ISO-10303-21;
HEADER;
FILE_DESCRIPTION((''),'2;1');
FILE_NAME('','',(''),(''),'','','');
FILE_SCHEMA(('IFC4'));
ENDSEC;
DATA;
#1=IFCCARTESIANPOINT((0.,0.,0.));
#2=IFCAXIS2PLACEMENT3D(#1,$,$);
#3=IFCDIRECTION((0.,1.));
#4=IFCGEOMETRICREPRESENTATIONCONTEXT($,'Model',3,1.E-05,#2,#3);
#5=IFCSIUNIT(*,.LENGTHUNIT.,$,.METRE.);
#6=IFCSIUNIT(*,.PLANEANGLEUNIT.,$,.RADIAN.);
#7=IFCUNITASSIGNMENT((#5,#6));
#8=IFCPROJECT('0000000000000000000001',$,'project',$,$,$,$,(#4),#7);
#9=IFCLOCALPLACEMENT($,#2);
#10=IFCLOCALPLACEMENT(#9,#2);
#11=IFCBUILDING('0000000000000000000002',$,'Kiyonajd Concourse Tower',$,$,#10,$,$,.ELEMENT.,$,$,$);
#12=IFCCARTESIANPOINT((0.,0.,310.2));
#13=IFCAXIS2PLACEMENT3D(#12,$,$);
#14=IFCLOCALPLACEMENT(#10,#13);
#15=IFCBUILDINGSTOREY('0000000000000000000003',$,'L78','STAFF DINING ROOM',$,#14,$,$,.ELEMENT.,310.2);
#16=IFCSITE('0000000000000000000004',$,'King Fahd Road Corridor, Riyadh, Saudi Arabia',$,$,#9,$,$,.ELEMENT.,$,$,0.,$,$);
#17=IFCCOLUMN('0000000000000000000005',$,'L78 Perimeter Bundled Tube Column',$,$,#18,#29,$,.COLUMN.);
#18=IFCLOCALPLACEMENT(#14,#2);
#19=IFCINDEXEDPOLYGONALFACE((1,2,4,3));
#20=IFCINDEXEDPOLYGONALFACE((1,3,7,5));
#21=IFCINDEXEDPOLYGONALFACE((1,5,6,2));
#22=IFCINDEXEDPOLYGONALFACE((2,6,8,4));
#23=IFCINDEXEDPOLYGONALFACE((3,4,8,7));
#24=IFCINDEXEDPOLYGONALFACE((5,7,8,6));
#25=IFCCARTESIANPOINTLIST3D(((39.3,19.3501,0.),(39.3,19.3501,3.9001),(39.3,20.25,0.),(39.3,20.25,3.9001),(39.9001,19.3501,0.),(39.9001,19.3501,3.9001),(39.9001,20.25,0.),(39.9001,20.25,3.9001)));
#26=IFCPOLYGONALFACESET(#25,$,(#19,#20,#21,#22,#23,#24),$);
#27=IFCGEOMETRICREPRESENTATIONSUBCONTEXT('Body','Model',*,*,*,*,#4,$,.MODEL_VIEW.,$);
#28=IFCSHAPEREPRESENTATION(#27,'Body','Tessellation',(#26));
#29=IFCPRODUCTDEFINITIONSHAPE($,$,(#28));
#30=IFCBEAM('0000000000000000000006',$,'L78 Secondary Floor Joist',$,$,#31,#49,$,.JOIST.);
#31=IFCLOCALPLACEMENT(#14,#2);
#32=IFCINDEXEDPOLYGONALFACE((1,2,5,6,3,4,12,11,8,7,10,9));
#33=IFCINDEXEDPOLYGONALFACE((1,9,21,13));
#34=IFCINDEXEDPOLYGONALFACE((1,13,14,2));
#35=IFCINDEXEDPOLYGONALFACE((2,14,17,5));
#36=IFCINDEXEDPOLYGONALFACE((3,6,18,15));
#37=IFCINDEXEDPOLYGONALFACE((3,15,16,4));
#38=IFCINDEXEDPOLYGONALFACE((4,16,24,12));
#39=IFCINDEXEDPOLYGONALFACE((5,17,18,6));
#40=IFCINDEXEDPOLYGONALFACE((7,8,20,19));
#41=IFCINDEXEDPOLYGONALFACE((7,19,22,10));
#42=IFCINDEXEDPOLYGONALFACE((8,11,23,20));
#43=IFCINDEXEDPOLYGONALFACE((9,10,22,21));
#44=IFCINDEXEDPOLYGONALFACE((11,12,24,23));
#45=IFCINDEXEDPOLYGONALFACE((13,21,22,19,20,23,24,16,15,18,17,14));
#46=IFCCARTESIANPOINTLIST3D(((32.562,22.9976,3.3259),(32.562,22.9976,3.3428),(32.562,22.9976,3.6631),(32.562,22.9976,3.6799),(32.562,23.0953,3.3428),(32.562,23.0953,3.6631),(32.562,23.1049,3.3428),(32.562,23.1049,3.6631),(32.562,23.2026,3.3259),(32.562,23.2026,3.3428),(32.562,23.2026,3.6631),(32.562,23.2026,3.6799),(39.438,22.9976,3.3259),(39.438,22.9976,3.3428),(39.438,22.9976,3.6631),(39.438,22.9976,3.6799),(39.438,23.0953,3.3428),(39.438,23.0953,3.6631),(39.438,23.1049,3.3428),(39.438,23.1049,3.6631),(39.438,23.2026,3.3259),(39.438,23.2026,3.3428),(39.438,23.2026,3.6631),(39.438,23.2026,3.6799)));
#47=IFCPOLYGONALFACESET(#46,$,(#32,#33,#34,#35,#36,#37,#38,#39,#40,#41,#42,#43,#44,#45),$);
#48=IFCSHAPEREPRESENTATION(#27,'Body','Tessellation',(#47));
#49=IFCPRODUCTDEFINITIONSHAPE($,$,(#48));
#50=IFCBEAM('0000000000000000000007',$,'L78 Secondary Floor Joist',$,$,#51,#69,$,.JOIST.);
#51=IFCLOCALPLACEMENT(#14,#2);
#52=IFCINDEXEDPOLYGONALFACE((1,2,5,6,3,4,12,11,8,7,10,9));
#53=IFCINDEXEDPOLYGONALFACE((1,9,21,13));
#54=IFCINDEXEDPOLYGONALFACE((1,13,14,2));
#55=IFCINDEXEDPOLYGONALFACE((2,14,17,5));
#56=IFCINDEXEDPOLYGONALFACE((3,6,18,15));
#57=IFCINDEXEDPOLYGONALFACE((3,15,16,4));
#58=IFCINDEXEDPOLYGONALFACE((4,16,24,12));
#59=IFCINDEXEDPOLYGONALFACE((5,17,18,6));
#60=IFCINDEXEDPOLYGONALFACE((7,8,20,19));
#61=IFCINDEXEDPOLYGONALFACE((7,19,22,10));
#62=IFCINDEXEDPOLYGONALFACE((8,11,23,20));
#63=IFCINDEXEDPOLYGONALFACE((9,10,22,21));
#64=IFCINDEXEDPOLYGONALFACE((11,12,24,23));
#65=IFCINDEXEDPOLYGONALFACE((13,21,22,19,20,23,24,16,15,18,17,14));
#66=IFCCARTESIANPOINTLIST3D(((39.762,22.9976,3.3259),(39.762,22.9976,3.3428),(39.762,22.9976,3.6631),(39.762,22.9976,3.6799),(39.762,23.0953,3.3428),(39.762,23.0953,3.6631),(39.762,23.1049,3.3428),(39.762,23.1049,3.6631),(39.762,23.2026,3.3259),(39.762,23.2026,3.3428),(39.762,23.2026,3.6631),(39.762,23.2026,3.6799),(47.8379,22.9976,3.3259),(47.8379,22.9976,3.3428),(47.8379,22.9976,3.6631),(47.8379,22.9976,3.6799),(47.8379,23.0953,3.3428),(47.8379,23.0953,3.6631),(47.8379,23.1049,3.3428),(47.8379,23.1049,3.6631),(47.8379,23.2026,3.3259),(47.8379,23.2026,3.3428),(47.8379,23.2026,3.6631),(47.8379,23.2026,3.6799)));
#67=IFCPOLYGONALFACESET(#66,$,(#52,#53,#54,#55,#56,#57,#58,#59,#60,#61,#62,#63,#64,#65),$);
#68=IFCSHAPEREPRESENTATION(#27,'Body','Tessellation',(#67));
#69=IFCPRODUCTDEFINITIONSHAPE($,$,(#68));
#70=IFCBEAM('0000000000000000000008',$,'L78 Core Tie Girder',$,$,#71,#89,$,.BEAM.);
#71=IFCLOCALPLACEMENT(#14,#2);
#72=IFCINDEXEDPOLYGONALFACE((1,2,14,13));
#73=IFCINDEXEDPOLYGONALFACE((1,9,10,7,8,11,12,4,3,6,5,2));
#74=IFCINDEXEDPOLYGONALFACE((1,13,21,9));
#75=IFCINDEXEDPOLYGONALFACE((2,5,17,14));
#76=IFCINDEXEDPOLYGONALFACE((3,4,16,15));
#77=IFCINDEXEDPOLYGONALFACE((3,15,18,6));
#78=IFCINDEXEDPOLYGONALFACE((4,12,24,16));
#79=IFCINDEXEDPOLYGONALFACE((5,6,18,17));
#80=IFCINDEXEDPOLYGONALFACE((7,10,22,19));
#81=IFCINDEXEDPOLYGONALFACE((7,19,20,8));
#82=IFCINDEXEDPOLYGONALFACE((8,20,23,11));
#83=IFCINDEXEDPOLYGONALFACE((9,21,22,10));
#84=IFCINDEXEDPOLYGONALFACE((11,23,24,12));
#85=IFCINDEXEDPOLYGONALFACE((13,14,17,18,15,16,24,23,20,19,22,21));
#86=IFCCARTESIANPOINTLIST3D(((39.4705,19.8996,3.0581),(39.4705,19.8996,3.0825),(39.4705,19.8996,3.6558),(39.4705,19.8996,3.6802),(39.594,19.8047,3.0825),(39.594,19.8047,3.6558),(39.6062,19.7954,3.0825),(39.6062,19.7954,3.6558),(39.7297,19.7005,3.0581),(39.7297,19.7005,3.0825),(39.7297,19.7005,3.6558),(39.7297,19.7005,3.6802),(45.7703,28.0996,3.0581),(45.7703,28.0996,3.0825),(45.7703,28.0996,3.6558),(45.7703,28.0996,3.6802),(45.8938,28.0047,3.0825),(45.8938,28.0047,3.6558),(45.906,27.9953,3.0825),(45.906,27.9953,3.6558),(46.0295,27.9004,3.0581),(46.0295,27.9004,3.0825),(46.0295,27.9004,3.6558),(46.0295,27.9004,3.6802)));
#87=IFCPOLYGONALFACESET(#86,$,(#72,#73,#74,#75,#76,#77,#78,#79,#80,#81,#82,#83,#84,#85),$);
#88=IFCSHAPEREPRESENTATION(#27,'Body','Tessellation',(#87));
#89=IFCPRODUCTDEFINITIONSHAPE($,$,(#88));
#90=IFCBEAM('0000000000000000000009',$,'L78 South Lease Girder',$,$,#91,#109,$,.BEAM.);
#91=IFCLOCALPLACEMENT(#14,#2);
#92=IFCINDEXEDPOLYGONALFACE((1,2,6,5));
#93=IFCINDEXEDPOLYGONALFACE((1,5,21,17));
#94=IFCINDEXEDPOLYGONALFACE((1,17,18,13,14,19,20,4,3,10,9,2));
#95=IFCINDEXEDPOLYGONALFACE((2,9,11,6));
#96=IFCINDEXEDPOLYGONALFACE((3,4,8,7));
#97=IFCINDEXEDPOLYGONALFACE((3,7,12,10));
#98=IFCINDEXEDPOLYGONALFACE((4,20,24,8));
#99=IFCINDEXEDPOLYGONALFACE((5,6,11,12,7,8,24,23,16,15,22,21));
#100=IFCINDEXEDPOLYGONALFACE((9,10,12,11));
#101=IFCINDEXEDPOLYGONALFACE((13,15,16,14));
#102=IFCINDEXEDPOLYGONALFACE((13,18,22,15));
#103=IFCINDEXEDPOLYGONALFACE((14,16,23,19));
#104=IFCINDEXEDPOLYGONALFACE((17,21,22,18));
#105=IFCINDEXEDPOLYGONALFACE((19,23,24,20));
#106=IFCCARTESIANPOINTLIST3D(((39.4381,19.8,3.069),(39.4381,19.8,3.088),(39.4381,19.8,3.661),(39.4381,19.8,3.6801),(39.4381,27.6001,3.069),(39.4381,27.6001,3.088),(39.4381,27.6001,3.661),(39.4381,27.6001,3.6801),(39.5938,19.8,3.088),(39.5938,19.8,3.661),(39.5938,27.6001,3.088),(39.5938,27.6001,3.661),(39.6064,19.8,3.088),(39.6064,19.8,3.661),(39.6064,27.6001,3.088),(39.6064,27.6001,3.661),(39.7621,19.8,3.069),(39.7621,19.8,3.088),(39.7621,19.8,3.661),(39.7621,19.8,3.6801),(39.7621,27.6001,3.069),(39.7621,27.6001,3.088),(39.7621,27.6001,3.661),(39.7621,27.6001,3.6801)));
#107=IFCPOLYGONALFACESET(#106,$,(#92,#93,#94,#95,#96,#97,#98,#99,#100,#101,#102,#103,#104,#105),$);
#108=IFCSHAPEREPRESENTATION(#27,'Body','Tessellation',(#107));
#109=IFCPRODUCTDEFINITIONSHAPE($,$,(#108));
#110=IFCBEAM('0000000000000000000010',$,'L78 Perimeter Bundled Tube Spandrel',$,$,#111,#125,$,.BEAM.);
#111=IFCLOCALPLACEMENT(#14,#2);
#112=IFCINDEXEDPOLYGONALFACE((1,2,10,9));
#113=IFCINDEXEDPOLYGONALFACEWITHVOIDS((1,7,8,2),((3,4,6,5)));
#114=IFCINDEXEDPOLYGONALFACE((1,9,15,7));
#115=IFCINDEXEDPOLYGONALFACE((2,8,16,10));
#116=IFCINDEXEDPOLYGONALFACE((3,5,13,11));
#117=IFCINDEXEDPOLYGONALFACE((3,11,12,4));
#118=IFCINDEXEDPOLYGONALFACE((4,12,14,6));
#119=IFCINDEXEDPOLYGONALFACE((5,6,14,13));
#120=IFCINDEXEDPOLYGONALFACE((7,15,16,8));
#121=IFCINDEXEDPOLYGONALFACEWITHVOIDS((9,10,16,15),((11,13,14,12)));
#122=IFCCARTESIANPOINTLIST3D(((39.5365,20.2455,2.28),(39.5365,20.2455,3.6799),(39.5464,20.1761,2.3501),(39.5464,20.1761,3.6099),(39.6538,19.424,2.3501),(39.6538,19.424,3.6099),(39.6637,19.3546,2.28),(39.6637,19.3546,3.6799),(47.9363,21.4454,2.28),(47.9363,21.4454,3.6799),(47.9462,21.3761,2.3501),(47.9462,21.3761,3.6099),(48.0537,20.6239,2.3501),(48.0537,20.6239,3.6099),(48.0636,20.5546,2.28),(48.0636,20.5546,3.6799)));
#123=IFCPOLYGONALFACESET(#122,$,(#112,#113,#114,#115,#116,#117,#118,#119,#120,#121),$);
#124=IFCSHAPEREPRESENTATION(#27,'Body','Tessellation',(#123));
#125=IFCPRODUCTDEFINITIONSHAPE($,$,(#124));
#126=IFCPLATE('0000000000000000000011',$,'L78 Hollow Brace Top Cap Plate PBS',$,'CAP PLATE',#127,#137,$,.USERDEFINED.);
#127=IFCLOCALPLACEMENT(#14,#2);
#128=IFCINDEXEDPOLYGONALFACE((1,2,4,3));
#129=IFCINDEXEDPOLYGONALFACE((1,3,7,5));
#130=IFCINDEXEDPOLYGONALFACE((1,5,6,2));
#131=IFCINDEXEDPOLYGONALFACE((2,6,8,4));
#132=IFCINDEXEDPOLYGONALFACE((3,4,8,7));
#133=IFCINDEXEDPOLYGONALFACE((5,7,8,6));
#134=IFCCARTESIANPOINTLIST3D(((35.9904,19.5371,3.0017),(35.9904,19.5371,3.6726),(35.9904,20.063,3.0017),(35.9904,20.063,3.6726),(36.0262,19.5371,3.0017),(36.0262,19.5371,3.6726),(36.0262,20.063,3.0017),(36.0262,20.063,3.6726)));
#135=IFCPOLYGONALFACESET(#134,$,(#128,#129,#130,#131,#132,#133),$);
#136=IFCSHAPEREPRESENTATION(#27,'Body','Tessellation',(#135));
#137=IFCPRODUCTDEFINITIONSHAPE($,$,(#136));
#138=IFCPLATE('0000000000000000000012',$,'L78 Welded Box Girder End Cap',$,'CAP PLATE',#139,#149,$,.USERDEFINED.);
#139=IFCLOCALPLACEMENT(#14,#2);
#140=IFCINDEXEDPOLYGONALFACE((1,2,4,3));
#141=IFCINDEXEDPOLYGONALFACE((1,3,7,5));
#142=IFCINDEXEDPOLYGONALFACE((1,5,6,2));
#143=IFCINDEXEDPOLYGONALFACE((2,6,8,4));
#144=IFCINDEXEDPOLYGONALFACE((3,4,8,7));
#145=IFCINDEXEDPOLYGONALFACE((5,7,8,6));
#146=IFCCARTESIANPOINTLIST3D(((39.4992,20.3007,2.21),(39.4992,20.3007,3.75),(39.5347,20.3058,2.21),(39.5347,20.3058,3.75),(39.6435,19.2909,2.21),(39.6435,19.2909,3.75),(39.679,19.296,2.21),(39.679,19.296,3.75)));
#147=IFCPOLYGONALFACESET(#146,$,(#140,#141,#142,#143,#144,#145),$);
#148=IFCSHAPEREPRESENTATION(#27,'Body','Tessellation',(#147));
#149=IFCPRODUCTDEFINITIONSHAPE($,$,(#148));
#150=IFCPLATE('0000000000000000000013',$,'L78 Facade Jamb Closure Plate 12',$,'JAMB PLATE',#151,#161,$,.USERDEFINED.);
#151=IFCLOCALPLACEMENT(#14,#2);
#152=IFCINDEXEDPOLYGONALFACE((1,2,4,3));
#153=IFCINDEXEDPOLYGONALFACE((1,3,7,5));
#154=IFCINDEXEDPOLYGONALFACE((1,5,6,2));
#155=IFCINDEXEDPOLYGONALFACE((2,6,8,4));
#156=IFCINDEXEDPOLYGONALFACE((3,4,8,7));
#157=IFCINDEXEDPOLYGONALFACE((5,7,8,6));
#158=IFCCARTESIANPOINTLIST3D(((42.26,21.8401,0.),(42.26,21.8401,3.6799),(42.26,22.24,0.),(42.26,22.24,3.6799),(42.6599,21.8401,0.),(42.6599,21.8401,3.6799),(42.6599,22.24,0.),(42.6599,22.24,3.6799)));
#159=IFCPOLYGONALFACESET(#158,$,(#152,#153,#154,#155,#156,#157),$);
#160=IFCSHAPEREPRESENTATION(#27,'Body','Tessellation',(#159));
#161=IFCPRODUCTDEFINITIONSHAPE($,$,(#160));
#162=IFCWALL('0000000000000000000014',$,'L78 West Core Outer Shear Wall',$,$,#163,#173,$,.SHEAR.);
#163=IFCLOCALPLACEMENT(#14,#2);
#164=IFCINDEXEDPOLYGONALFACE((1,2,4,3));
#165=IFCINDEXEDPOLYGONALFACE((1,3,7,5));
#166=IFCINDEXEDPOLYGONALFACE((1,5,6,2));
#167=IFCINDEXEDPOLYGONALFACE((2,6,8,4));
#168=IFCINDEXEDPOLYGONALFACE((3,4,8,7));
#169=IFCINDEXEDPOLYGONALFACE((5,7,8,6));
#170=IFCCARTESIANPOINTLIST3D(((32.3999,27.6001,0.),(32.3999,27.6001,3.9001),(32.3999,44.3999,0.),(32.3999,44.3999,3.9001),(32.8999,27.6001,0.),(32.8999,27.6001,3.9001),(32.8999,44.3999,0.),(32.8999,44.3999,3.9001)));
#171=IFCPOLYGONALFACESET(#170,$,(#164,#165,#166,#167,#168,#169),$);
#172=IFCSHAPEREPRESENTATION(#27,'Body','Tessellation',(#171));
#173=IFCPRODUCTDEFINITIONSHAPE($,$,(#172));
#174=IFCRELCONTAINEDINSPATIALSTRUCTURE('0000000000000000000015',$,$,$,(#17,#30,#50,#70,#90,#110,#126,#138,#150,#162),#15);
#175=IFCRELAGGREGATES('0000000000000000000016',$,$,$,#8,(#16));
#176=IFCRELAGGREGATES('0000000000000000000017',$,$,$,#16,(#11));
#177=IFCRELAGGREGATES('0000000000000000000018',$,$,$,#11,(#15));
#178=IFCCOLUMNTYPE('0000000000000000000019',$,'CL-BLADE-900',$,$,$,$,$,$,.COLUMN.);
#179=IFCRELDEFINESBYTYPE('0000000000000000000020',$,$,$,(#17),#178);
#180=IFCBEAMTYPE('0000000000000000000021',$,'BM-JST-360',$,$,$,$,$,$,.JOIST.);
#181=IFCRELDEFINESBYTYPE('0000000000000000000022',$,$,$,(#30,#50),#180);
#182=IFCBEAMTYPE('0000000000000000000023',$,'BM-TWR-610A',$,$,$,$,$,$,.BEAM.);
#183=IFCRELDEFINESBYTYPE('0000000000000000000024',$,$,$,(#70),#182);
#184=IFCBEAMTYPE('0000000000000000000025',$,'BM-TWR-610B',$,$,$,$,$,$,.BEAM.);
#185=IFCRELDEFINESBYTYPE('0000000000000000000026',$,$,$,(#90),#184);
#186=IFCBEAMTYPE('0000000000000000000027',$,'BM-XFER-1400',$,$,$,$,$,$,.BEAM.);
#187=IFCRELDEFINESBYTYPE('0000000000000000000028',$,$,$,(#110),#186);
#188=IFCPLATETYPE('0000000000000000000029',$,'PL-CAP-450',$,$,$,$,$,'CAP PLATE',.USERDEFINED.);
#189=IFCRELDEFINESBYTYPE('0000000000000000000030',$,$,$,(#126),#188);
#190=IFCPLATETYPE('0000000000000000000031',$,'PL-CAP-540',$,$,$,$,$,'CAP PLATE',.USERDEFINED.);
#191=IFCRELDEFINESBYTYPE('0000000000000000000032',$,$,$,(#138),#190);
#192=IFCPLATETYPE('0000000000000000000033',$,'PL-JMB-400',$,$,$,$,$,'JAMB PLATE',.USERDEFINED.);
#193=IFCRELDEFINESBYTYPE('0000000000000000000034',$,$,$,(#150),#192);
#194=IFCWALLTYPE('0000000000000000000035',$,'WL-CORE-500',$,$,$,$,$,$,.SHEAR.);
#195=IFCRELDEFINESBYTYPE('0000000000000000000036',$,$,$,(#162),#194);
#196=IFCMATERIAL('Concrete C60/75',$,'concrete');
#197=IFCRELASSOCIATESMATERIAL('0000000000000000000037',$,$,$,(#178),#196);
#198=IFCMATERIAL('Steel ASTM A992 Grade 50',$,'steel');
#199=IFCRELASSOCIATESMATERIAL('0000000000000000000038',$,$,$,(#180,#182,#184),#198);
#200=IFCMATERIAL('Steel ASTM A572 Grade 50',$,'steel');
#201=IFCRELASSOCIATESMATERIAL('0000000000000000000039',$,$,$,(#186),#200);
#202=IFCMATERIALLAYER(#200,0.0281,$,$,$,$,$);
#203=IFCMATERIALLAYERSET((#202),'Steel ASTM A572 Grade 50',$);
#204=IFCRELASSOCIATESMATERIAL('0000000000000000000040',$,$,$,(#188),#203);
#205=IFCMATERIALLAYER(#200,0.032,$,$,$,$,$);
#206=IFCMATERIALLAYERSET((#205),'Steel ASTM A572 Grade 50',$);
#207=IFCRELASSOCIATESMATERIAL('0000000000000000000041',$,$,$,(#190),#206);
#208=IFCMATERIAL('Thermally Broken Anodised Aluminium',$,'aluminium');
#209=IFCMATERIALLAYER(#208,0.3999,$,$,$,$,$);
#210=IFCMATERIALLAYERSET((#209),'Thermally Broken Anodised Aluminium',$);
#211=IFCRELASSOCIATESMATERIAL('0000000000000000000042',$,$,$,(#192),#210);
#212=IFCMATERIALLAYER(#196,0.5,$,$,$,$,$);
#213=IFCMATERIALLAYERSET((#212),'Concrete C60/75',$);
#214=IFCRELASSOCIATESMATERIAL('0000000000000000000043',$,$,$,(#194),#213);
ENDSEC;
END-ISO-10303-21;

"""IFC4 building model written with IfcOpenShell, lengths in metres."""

from ifc_helpers import new_model, si_unit, direction, frame, frame_2d, origin, origin_2d, place, context, subcontext, project, spatial, rectangle, hollow_rectangle, i_section, extrude, material, layer, layer_set, material_profile, profile_set, type_object, element, save


model = new_model("IFC4")

# Units and contexts
model_context = context("Model", 3, precision=1e-05, world=origin(), true_north=direction((0.0, 1.0)))
body_context = subcontext(model_context, "Body", "Model", "MODEL_VIEW")
ifc_project = project(units=[si_unit("LENGTHUNIT", "METRE"), si_unit("PLANEANGLEUNIT", "RADIAN")], contexts=[model_context])

# Site, building, storey
site_placement = place(None, origin())
site = spatial("IfcSite", under=ifc_project, at=site_placement, Name="King Fahd Road Corridor, Riyadh, Saudi Arabia", CompositionType="ELEMENT", RefElevation=0.0)
building_placement = place(site_placement, origin())
building = spatial("IfcBuilding", under=site, at=building_placement, Name="Kiyonajd Concourse Tower", CompositionType="ELEMENT")
storey_placement = place(building_placement, frame((0.0, 0.0, 310.2)))
storey = spatial("IfcBuildingStorey", under=building, at=storey_placement, Name="L78", Description="STAFF DINING ROOM", CompositionType="ELEMENT", Elevation=310.2)

# Column
ifc_material_1 = material(Name="Concrete C60/75", Category="concrete")
ifc_material_profile_1 = material_profile(ifc_material_1, rectangle(XDim=0.6001, YDim=0.8999, at=origin_2d()), Name="RC-900x600")
ifc_profile_set_1 = profile_set([ifc_material_profile_1], Name="Concrete C60/75")
column_type = type_object("IfcColumnType", Name="CL-BLADE-900", PredefinedType="COLUMN", material=ifc_profile_set_1)
column_placement = place(storey_placement, frame((39.6001, 19.8, 0.0), z_axis=(0.0, 0.0, 1.0), x_axis=(1.0, 0.0, 0.0)))
element("IfcColumn", 1, at=column_placement, inside=storey, type_object=column_type, Name="L78 Perimeter Bundled Tube Column", PredefinedType="COLUMN", context=body_context, shape_type="SweptSolid", body=[
    extrude(rectangle(XDim=0.6001, YDim=0.8999, at=origin_2d()), origin(), (0.0, 0.0, 1.0), 3.9001),
])

# Beams
ifc_material_2 = material(Name="Steel ASTM A992 Grade 50", Category="steel")
ifc_material_profile_2 = material_profile(ifc_material_2, i_section(OverallWidth=0.2051, OverallDepth=0.354, WebThickness=0.0095, FlangeThickness=0.0168, at=origin_2d()), Name="W360X79")
ifc_profile_set_2 = profile_set([ifc_material_profile_2], Name="Steel ASTM A992 Grade 50")
beam_type_1 = type_object("IfcBeamType", Name="BM-JST-360", PredefinedType="JOIST", material=ifc_profile_set_2)
beam_1_placement = place(storey_placement, frame((32.562, 23.1001, 3.5029), z_axis=(1.0, 0.0, 0.0), x_axis=(0.0, 1.0, 0.0)))
element("IfcBeam", 2, at=beam_1_placement, inside=storey, type_object=beam_type_1, Name="L78 Secondary Floor Joist", PredefinedType="JOIST", context=body_context, shape_type="SweptSolid", body=[
    extrude(i_section(OverallWidth=0.2051, OverallDepth=0.354, WebThickness=0.0095, FlangeThickness=0.0168, at=origin_2d()), origin(), (0.0, 0.0, 1.0), 6.876),
])
beam_2_placement = place(storey_placement, frame((39.762, 23.1001, 3.5029), z_axis=(1.0, 0.0, 0.0), x_axis=(0.0, 1.0, 0.0)))
element("IfcBeam", 3, at=beam_2_placement, inside=storey, type_object=beam_type_1, Name="L78 Secondary Floor Joist", PredefinedType="JOIST", context=body_context, shape_type="SweptSolid", body=[
    extrude(i_section(OverallWidth=0.2051, OverallDepth=0.354, WebThickness=0.0095, FlangeThickness=0.0168, at=origin_2d()), origin(), (0.0, 0.0, 1.0), 8.0759),
])
ifc_material_profile_3 = material_profile(ifc_material_2, i_section(OverallWidth=0.3269, OverallDepth=0.6221, WebThickness=0.0154, FlangeThickness=0.0244, at=origin_2d()), Name="W610X195")
ifc_profile_set_3 = profile_set([ifc_material_profile_3], Name="Steel ASTM A992 Grade 50")
beam_type_2 = type_object("IfcBeamType", Name="BM-TWR-610A", PredefinedType="BEAM", material=ifc_profile_set_3)
beam_3_placement = place(storey_placement, frame((39.6001, 19.8, 3.3691), z_axis=(0.609234, 0.792991, 0.0), x_axis=(-0.792991, 0.609234, 0.0)))
element("IfcBeam", 4, at=beam_3_placement, inside=storey, type_object=beam_type_2, Name="L78 Core Tie Girder", PredefinedType="BEAM", context=body_context, shape_type="SweptSolid", body=[
    extrude(i_section(OverallWidth=0.3269, OverallDepth=0.6221, WebThickness=0.0154, FlangeThickness=0.0244, at=origin_2d()), origin(), (0.0, 0.0, 1.0), 10.3406),
])
ifc_material_profile_4 = material_profile(ifc_material_2, i_section(OverallWidth=0.324, OverallDepth=0.6111, WebThickness=0.0127, FlangeThickness=0.019, at=origin_2d()), Name="W610X155")
ifc_profile_set_4 = profile_set([ifc_material_profile_4], Name="Steel ASTM A992 Grade 50")
beam_type_3 = type_object("IfcBeamType", Name="BM-TWR-610B", PredefinedType="BEAM", material=ifc_profile_set_4)
beam_4_placement = place(storey_placement, frame((39.6001, 19.8, 3.3745), z_axis=(0.0, 1.0, 0.0), x_axis=(-1.0, 0.0, 0.0)))
element("IfcBeam", 5, at=beam_4_placement, inside=storey, type_object=beam_type_3, Name="L78 South Lease Girder", PredefinedType="BEAM", context=body_context, shape_type="SweptSolid", body=[
    extrude(i_section(OverallWidth=0.324, OverallDepth=0.6111, WebThickness=0.0127, FlangeThickness=0.019, at=origin_2d()), origin(), (0.0, 0.0, 1.0), 7.8),
])
ifc_material_3 = material(Name="Steel ASTM A572 Grade 50", Category="steel")
ifc_material_profile_5 = material_profile(ifc_material_3, hollow_rectangle(XDim=0.8999, YDim=1.3999, WallThickness=0.0701, at=origin_2d()), Name="BOX-1400x900x70")
ifc_profile_set_5 = profile_set([ifc_material_profile_5], Name="Steel ASTM A572 Grade 50")
beam_type_4 = type_object("IfcBeamType", Name="BM-XFER-1400", PredefinedType="BEAM", material=ifc_profile_set_5)
beam_5_placement = place(storey_placement, frame((39.6001, 19.8, 2.98), z_axis=(0.98995, 0.141417, 0.0), x_axis=(-0.141417, 0.98995, 0.0)))
element("IfcBeam", 6, at=beam_5_placement, inside=storey, type_object=beam_type_4, Name="L78 Perimeter Bundled Tube Spandrel", PredefinedType="BEAM", context=body_context, shape_type="SweptSolid", body=[
    extrude(hollow_rectangle(XDim=0.8999, YDim=1.3999, WallThickness=0.0701, at=origin_2d()), origin(), (0.0, 0.0, 1.0), 8.4851),
])

# Plates
ifc_layer_1 = layer(ifc_material_3, 0.0281)
ifc_layer_set_1 = layer_set([ifc_layer_1], Name="Steel ASTM A572 Grade 50")
plate_type_1 = type_object("IfcPlateType", Name="PL-CAP-450", ElementType="CAP PLATE", PredefinedType="USERDEFINED", material=ifc_layer_set_1)
plate_1_placement = place(storey_placement, frame((36.0083, 19.8, 3.0017), z_axis=(0.0, 0.0, 1.0), x_axis=(1.0, 0.0, 0.0)))
element("IfcPlate", 7, at=plate_1_placement, inside=storey, type_object=plate_type_1, Name="L78 Hollow Brace Top Cap Plate PBS", ObjectType="CAP PLATE", PredefinedType="USERDEFINED", context=body_context, shape_type="SweptSolid", body=[
    extrude(rectangle(XDim=0.0359, YDim=0.5259, at=origin_2d()), origin(), (0.0, 0.0, 1.0), 0.6709),
])
ifc_layer_2 = layer(ifc_material_3, 0.032)
ifc_layer_set_2 = layer_set([ifc_layer_2], Name="Steel ASTM A572 Grade 50")
plate_type_2 = type_object("IfcPlateType", Name="PL-CAP-540", ElementType="CAP PLATE", PredefinedType="USERDEFINED", material=ifc_layer_set_2)
plate_2_placement = place(storey_placement, frame((39.5891, 19.7983, 2.21), z_axis=(0.0, 0.0, 1.0), x_axis=(-0.98995, -0.14142, 0.0)))
element("IfcPlate", 8, at=plate_2_placement, inside=storey, type_object=plate_type_2, Name="L78 Welded Box Girder End Cap", ObjectType="CAP PLATE", PredefinedType="USERDEFINED", context=body_context, shape_type="SweptSolid", body=[
    extrude(rectangle(XDim=0.0359, YDim=1.02, at=origin_2d()), origin(), (0.0, 0.0, 1.0), 1.54),
])
ifc_material_4 = material(Name="Thermally Broken Anodised Aluminium", Category="aluminium")
ifc_layer_3 = layer(ifc_material_4, 0.3999)
ifc_layer_set_3 = layer_set([ifc_layer_3], Name="Thermally Broken Anodised Aluminium")
plate_type_3 = type_object("IfcPlateType", Name="PL-JMB-400", ElementType="JAMB PLATE", PredefinedType="USERDEFINED", material=ifc_layer_set_3)
plate_3_placement = place(storey_placement, frame((42.46, 22.04, 0.0), z_axis=(0.0, 0.0, 1.0), x_axis=(1.0, 0.0, 0.0)))
element("IfcPlate", 9, at=plate_3_placement, inside=storey, type_object=plate_type_3, Name="L78 Facade Jamb Closure Plate 12", ObjectType="JAMB PLATE", PredefinedType="USERDEFINED", context=body_context, shape_type="SweptSolid", body=[
    extrude(rectangle(XDim=0.3999, YDim=0.3999, at=origin_2d()), origin(), (0.0, 0.0, 1.0), 3.6799),
])

# Wall
ifc_layer_4 = layer(ifc_material_1, 0.5)
ifc_layer_set_4 = layer_set([ifc_layer_4], Name="Concrete C60/75")
wall_type_1 = type_object("IfcWallType", Name="WL-CORE-500", PredefinedType="SHEAR", material=ifc_layer_set_4)
wall_1_placement = place(storey_placement, frame((32.6499, 27.6001, 0.0), z_axis=(0.0, 0.0, 1.0), x_axis=(0.0, 1.0, 0.0)))
element("IfcWall", 10, at=wall_1_placement, inside=storey, type_object=wall_type_1, Name="L78 West Core Outer Shear Wall", PredefinedType="SHEAR", context=body_context, shape_type="SweptSolid", body=[
    extrude(rectangle(XDim=16.7998, YDim=0.5, at=frame_2d((8.3999, 0.0))), origin(), (0.0, 0.0, 1.0), 3.9001),
])

save(model, "model.ifc")
